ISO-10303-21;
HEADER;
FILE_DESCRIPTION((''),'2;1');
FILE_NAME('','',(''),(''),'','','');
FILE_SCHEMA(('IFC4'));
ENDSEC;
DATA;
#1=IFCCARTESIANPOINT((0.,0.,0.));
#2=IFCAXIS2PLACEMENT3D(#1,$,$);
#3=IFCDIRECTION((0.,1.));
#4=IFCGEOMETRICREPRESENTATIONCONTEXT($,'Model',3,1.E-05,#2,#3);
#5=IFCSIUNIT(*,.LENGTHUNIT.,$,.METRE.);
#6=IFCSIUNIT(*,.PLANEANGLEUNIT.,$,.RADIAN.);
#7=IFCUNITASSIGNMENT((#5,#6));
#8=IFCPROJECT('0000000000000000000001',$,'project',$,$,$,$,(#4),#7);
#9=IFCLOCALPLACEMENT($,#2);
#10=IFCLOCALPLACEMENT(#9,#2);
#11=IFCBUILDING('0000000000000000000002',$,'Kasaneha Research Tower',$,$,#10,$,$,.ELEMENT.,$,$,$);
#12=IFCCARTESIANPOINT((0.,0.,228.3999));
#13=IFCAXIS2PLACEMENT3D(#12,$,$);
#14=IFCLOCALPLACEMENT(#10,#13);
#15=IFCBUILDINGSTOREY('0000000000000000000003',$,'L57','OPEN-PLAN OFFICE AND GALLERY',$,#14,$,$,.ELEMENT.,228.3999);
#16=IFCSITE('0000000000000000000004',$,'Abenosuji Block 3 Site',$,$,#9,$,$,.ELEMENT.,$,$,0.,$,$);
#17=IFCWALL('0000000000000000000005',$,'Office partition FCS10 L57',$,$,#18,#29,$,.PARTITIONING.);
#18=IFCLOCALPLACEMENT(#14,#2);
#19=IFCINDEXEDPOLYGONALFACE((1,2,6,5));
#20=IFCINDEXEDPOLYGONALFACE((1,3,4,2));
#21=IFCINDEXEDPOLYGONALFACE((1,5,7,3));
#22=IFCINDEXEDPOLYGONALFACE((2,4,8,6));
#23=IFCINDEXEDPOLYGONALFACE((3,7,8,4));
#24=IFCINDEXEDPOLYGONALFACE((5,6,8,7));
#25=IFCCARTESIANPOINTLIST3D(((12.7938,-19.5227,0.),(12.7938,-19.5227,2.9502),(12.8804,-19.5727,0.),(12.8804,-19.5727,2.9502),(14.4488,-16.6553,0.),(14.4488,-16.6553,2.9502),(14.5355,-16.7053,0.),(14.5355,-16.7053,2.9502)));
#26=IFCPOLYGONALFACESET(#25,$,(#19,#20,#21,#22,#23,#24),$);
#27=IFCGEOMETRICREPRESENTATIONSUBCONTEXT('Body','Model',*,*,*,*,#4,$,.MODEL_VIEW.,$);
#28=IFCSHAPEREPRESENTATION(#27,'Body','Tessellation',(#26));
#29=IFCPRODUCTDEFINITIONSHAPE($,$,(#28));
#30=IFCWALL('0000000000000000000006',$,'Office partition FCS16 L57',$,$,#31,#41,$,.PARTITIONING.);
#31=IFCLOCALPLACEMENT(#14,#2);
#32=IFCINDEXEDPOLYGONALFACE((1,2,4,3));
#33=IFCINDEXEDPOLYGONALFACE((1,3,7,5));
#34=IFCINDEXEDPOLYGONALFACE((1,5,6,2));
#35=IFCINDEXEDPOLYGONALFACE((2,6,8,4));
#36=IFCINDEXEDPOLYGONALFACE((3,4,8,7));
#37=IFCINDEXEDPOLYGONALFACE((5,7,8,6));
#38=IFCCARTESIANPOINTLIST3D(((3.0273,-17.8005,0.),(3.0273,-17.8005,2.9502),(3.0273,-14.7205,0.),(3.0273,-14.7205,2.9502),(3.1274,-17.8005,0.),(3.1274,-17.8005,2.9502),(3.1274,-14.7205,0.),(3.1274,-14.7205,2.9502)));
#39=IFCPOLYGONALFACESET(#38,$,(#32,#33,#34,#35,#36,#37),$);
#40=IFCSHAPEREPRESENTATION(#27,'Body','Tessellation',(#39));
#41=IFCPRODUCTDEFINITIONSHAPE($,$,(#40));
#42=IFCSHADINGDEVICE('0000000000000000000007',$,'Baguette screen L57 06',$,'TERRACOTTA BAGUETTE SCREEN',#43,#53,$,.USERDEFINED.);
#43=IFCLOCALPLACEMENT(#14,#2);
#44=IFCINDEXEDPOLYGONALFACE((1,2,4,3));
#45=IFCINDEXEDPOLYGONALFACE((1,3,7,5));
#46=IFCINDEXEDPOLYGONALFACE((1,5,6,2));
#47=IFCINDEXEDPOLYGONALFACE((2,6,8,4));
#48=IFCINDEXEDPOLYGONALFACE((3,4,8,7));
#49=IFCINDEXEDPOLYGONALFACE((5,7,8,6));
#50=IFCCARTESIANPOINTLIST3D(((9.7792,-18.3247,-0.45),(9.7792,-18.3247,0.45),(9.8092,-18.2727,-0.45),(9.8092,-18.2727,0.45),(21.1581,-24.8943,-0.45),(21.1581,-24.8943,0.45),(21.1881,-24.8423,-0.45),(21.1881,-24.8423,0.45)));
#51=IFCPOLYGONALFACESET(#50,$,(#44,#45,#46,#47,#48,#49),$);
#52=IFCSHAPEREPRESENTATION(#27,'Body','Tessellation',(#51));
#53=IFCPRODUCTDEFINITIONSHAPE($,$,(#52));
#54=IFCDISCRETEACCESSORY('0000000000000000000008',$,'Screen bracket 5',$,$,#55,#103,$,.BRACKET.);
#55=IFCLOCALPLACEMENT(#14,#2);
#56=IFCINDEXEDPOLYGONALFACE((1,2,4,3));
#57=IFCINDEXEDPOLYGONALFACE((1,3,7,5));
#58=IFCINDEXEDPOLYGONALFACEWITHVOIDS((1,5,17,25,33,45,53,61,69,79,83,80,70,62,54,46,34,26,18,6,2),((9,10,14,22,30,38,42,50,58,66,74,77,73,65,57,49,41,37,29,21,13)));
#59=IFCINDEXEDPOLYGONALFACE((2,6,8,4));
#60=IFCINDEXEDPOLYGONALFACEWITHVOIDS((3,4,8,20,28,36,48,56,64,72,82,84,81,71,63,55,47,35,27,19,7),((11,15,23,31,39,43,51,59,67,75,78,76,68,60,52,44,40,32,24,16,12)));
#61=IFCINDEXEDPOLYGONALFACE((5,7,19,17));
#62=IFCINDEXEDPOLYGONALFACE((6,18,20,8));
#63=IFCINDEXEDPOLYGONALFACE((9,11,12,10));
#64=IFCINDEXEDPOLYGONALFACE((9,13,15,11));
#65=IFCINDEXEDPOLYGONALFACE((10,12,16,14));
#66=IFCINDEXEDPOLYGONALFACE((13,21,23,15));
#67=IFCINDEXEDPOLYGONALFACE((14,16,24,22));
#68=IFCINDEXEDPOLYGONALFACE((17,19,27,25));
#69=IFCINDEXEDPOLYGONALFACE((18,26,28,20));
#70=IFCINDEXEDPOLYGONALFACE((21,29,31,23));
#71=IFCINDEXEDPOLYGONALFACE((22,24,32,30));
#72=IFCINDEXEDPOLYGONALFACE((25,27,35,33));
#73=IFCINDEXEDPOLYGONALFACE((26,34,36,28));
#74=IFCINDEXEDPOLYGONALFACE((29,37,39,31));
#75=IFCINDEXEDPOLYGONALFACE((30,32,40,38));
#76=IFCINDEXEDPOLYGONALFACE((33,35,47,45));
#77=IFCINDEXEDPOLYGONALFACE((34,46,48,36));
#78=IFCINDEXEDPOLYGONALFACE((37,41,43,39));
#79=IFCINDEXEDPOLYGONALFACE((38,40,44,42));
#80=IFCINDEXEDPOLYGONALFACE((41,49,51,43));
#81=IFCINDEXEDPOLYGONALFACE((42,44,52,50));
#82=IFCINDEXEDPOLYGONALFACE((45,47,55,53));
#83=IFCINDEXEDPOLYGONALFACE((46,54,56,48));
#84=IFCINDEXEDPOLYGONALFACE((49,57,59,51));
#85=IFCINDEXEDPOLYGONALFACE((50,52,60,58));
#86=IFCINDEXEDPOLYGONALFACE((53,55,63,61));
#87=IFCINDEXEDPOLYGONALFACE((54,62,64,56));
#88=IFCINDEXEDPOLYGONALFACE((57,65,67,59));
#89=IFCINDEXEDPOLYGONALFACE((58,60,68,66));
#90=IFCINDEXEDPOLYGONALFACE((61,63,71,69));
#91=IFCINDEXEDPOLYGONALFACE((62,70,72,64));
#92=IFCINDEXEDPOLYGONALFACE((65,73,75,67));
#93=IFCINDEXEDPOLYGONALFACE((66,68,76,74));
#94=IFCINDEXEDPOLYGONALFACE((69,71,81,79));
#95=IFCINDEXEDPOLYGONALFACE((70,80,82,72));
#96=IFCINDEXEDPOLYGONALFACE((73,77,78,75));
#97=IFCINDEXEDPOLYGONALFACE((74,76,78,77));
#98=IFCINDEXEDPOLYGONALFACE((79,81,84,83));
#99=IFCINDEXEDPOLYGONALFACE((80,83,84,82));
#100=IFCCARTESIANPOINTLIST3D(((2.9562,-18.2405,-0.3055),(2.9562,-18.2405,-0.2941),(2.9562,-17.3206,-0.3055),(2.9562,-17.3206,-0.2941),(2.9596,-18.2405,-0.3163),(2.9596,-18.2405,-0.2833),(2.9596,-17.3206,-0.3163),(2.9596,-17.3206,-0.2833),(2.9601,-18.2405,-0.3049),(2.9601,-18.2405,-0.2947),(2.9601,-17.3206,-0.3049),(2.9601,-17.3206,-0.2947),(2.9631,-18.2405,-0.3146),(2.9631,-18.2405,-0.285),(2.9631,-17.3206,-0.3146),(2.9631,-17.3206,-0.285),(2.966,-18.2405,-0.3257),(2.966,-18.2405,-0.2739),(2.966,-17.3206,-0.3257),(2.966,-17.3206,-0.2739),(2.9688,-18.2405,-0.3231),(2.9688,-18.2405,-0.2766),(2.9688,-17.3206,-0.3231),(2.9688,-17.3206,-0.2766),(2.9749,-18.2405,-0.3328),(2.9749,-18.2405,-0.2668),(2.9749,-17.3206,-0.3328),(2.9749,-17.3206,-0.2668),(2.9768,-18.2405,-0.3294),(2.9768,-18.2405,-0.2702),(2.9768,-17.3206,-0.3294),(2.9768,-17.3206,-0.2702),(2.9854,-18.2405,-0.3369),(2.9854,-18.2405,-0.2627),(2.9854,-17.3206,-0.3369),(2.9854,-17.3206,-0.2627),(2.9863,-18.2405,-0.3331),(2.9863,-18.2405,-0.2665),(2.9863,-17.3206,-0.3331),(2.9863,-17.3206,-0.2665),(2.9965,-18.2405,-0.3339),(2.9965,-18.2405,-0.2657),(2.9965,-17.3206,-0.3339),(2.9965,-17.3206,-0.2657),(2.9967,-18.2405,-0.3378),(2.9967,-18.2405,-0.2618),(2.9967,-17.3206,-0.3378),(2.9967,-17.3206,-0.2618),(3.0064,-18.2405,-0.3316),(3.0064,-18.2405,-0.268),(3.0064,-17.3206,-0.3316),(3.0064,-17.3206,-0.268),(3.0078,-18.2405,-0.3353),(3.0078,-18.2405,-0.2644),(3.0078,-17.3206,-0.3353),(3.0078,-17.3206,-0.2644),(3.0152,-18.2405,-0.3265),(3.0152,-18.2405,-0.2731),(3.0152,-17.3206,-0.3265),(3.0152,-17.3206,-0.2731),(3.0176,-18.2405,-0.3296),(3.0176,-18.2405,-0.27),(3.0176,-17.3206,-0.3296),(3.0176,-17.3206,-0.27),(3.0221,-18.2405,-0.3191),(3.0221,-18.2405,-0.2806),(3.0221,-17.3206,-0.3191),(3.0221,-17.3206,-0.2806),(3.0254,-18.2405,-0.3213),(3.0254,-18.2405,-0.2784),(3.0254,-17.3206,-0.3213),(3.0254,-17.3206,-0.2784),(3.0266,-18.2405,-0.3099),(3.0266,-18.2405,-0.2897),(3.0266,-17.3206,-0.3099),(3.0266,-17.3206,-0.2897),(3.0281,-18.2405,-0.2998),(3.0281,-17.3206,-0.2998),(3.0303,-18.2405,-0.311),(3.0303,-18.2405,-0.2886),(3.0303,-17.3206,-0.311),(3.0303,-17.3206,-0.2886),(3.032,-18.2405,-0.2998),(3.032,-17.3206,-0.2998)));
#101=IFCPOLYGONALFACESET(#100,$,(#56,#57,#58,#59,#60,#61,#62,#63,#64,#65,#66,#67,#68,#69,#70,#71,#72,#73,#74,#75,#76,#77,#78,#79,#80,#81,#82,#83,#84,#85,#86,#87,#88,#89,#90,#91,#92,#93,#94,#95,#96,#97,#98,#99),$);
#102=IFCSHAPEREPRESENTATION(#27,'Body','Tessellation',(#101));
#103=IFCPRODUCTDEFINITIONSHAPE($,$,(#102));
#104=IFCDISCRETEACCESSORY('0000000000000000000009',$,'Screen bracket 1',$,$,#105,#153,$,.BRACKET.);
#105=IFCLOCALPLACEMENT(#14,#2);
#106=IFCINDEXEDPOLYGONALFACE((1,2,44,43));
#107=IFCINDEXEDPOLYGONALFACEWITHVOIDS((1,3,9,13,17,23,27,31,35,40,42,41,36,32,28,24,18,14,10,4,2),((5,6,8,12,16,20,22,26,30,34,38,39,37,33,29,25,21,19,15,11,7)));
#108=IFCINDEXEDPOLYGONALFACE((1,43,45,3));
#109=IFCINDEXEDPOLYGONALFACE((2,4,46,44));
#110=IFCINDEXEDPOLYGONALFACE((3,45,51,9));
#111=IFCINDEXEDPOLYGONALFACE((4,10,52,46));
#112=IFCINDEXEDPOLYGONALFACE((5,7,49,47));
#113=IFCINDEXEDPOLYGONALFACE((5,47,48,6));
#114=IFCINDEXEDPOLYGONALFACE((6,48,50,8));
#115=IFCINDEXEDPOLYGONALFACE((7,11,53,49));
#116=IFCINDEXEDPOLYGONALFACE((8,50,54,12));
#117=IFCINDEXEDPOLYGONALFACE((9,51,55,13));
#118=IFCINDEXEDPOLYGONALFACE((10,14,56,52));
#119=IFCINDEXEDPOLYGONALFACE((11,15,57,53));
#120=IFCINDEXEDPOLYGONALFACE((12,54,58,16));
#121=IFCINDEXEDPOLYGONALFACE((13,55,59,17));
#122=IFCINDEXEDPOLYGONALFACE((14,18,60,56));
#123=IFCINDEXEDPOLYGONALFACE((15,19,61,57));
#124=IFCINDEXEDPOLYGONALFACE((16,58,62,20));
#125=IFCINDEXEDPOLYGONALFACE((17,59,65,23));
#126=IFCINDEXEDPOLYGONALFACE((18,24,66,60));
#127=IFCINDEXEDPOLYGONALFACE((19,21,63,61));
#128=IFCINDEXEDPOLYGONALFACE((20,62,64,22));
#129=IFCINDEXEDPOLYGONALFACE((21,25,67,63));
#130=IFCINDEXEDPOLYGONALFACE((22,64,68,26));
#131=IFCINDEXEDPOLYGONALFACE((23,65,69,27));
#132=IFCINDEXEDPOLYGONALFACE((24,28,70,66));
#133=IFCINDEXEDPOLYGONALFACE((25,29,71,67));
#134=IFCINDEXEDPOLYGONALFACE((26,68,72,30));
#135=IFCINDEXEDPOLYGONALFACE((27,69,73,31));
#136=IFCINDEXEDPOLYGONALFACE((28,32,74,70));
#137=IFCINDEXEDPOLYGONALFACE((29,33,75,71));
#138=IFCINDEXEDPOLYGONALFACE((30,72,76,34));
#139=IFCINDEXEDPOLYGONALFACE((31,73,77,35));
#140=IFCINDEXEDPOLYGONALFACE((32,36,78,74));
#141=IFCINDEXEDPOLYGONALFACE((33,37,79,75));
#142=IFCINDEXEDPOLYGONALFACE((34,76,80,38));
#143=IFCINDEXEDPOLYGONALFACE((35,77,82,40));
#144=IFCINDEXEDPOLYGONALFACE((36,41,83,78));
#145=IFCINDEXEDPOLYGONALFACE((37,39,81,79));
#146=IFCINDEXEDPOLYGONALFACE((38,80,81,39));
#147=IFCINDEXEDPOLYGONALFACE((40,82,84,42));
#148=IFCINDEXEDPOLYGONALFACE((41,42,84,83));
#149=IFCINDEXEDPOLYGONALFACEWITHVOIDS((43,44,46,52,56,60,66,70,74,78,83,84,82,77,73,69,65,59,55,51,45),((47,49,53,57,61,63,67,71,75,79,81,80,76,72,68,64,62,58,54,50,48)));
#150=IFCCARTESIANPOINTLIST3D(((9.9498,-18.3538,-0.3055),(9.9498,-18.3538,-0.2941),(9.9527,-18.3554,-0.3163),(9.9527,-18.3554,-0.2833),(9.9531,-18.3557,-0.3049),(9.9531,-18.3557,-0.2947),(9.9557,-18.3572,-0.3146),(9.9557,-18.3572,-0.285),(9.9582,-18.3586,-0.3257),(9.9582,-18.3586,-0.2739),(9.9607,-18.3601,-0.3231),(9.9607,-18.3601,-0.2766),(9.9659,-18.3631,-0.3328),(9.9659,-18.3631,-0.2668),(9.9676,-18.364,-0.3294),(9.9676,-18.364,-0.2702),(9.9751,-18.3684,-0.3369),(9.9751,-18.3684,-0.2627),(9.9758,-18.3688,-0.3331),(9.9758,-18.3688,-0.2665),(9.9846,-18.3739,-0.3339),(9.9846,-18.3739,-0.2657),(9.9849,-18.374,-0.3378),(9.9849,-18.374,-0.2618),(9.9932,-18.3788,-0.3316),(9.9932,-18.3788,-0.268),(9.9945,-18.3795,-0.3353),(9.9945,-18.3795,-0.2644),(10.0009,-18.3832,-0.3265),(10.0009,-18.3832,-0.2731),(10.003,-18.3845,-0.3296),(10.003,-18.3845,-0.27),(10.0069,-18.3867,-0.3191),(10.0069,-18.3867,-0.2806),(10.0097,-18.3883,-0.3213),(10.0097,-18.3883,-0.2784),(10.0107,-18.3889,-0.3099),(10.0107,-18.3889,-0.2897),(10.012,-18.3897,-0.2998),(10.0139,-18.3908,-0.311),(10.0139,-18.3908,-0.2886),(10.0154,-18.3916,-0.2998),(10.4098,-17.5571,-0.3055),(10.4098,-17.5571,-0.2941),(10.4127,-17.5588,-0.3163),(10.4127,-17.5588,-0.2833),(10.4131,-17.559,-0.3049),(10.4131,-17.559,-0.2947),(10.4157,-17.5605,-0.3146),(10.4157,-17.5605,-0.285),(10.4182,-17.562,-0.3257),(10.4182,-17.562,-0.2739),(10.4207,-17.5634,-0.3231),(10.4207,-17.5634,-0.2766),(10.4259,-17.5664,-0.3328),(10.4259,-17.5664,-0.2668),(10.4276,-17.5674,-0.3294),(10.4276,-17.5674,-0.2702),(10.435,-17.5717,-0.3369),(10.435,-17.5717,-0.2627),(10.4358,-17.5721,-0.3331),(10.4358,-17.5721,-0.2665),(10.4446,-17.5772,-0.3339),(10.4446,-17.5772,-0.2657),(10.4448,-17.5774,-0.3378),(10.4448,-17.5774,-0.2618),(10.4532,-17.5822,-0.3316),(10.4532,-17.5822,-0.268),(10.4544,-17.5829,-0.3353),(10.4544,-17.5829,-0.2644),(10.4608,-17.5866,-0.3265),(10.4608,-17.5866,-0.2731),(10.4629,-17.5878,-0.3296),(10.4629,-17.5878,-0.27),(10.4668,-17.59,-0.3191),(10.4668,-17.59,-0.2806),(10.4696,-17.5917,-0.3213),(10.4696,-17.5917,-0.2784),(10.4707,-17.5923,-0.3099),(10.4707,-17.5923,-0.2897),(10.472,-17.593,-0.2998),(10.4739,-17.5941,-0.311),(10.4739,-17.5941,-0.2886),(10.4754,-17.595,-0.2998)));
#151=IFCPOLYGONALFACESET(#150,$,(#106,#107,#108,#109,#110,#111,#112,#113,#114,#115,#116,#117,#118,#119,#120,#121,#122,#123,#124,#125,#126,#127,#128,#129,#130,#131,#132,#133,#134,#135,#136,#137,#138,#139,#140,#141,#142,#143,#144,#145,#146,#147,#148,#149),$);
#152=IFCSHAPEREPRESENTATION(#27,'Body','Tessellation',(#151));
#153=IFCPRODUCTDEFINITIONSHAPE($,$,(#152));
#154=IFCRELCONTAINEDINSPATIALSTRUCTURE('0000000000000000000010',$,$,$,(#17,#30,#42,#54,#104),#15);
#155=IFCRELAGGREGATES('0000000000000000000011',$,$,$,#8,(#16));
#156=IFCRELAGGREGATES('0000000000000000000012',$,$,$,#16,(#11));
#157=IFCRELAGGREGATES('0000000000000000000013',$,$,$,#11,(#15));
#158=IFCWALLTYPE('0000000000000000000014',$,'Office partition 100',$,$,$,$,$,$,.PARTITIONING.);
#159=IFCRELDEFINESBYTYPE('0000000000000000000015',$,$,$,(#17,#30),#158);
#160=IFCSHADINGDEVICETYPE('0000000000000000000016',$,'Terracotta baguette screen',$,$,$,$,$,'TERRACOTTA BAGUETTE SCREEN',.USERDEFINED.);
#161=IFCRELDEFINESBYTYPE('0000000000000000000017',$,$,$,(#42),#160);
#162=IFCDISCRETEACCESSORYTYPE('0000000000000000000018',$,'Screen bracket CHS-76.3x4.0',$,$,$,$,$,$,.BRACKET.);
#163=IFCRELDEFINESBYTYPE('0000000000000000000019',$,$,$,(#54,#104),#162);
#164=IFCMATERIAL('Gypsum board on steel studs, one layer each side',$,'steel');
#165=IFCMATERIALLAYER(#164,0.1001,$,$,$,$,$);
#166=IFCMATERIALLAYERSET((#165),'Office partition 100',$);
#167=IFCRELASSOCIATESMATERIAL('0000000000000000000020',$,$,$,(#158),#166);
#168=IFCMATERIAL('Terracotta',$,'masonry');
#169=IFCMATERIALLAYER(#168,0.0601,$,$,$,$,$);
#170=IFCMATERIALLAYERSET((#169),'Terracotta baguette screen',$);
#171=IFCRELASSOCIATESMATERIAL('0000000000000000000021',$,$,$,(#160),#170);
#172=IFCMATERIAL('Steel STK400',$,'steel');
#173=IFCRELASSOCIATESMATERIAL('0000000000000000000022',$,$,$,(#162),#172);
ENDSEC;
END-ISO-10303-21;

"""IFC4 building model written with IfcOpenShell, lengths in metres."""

from ifc_helpers import new_model, si_unit, direction, frame, frame_2d, origin, origin_2d, place, context, subcontext, project, spatial, rectangle, hollow_circle, extrude, material, layer, layer_set, material_profile, profile_set, type_object, element, save


model = new_model("IFC4")

# Units and contexts
model_context = context("Model", 3, precision=1e-05, world=origin(), true_north=direction((0.0, 1.0)))
body_context = subcontext(model_context, "Body", "Model", "MODEL_VIEW")
ifc_project = project(units=[si_unit("LENGTHUNIT", "METRE"), si_unit("PLANEANGLEUNIT", "RADIAN")], contexts=[model_context])

# Site, building, storey
site_placement = place(None, origin())
site = spatial("IfcSite", under=ifc_project, at=site_placement, Name="Abenosuji Block 3 Site", CompositionType="ELEMENT", RefElevation=0.0)
building_placement = place(site_placement, origin())
building = spatial("IfcBuilding", under=site, at=building_placement, Name="Kasaneha Research Tower", CompositionType="ELEMENT")
storey_placement = place(building_placement, frame((0.0, 0.0, 228.3999)))
storey = spatial("IfcBuildingStorey", under=building, at=storey_placement, Name="L57", Description="OPEN-PLAN OFFICE AND GALLERY", CompositionType="ELEMENT", Elevation=228.3999)

# Walls
ifc_material_1 = material(Name="Gypsum board on steel studs, one layer each side", Category="steel")
ifc_layer_1 = layer(ifc_material_1, 0.1001)
ifc_layer_set_1 = layer_set([ifc_layer_1], Name="Office partition 100")
wall_type = type_object("IfcWallType", Name="Office partition 100", PredefinedType="PARTITIONING", material=ifc_layer_set_1)
wall_1_placement = place(storey_placement, frame((12.8372, -19.5476, 0.0), z_axis=(0.0, 0.0, 1.0), x_axis=(0.499891, 0.866089, 0.0)))
element("IfcWall", 1, at=wall_1_placement, inside=storey, type_object=wall_type, Name="Office partition FCS10 L57", PredefinedType="PARTITIONING", context=body_context, shape_type="SweptSolid", body=[
    extrude(rectangle(XDim=3.3108, YDim=0.1001, at=frame_2d((1.6553, 0.0))), origin(), (0.0, 0.0, 1.0), 2.9502),
])
wall_2_placement = place(storey_placement, frame((3.0774, -17.8005, 0.0), z_axis=(0.0, 0.0, 1.0), x_axis=(0.0, 1.0, 0.0)))
element("IfcWall", 2, at=wall_2_placement, inside=storey, type_object=wall_type, Name="Office partition FCS16 L57", PredefinedType="PARTITIONING", context=body_context, shape_type="SweptSolid", body=[
    extrude(rectangle(XDim=3.0801, YDim=0.1001, at=frame_2d((1.54, 0.0))), origin(), (0.0, 0.0, 1.0), 2.9502),
])

# Shading device
ifc_material_2 = material(Name="Terracotta", Category="masonry")
ifc_layer_2 = layer(ifc_material_2, 0.0601)
ifc_layer_set_2 = layer_set([ifc_layer_2], Name="Terracotta baguette screen")
shading_device_type = type_object("IfcShadingDeviceType", Name="Terracotta baguette screen", ElementType="TERRACOTTA BAGUETTE SCREEN", PredefinedType="USERDEFINED", material=ifc_layer_set_2)
shading_device_placement = place(storey_placement, frame((15.4836, -21.5835, -0.45), z_axis=(0.0, 0.0, 1.0), x_axis=(0.866025, -0.5, 0.0)))
element("IfcShadingDevice", 3, at=shading_device_placement, inside=storey, type_object=shading_device_type, Name="Baguette screen L57 06", ObjectType="TERRACOTTA BAGUETTE SCREEN", PredefinedType="USERDEFINED", context=body_context, shape_type="SweptSolid", body=[
    extrude(rectangle(XDim=13.1392, YDim=0.0601, at=origin_2d()), origin(), (0.0, 0.0, 1.0), 0.8999),
])

# Discrete accessories
ifc_material_3 = material(Name="Steel STK400", Category="steel")
ifc_material_profile_1 = material_profile(ifc_material_3, hollow_circle(Radius=0.0381, WallThickness=0.0039, at=origin_2d()), Name="CHS-76.3x4.0")
ifc_profile_set_1 = profile_set([ifc_material_profile_1], Name="Steel STK400")
discrete_accessory_type = type_object("IfcDiscreteAccessoryType", Name="Screen bracket CHS-76.3x4.0", PredefinedType="BRACKET", material=ifc_profile_set_1)
for number, where, z_axis, x_axis, name in (
    (4, (2.9939, -17.3206, -0.2998), (0.0, -1.0, 0.0), (1.0, 0.0, 0.0), "Screen bracket 5"),
    (5, (10.4424, -17.5759, -0.2998), (-0.500021, -0.866013, 0.0), (0.866013, -0.500021, 0.0), "Screen bracket 1"),
):
    element("IfcDiscreteAccessory", number, at=place(storey_placement, frame(where, z_axis=z_axis, x_axis=x_axis)), inside=storey, type_object=discrete_accessory_type, Name=name, PredefinedType="BRACKET", context=body_context, shape_type="SweptSolid", body=[
        extrude(hollow_circle(Radius=0.0381, WallThickness=0.0039, at=origin_2d()), origin(), (0.0, 0.0, 1.0), 0.9199),
    ])

save(model, "model.ifc")
